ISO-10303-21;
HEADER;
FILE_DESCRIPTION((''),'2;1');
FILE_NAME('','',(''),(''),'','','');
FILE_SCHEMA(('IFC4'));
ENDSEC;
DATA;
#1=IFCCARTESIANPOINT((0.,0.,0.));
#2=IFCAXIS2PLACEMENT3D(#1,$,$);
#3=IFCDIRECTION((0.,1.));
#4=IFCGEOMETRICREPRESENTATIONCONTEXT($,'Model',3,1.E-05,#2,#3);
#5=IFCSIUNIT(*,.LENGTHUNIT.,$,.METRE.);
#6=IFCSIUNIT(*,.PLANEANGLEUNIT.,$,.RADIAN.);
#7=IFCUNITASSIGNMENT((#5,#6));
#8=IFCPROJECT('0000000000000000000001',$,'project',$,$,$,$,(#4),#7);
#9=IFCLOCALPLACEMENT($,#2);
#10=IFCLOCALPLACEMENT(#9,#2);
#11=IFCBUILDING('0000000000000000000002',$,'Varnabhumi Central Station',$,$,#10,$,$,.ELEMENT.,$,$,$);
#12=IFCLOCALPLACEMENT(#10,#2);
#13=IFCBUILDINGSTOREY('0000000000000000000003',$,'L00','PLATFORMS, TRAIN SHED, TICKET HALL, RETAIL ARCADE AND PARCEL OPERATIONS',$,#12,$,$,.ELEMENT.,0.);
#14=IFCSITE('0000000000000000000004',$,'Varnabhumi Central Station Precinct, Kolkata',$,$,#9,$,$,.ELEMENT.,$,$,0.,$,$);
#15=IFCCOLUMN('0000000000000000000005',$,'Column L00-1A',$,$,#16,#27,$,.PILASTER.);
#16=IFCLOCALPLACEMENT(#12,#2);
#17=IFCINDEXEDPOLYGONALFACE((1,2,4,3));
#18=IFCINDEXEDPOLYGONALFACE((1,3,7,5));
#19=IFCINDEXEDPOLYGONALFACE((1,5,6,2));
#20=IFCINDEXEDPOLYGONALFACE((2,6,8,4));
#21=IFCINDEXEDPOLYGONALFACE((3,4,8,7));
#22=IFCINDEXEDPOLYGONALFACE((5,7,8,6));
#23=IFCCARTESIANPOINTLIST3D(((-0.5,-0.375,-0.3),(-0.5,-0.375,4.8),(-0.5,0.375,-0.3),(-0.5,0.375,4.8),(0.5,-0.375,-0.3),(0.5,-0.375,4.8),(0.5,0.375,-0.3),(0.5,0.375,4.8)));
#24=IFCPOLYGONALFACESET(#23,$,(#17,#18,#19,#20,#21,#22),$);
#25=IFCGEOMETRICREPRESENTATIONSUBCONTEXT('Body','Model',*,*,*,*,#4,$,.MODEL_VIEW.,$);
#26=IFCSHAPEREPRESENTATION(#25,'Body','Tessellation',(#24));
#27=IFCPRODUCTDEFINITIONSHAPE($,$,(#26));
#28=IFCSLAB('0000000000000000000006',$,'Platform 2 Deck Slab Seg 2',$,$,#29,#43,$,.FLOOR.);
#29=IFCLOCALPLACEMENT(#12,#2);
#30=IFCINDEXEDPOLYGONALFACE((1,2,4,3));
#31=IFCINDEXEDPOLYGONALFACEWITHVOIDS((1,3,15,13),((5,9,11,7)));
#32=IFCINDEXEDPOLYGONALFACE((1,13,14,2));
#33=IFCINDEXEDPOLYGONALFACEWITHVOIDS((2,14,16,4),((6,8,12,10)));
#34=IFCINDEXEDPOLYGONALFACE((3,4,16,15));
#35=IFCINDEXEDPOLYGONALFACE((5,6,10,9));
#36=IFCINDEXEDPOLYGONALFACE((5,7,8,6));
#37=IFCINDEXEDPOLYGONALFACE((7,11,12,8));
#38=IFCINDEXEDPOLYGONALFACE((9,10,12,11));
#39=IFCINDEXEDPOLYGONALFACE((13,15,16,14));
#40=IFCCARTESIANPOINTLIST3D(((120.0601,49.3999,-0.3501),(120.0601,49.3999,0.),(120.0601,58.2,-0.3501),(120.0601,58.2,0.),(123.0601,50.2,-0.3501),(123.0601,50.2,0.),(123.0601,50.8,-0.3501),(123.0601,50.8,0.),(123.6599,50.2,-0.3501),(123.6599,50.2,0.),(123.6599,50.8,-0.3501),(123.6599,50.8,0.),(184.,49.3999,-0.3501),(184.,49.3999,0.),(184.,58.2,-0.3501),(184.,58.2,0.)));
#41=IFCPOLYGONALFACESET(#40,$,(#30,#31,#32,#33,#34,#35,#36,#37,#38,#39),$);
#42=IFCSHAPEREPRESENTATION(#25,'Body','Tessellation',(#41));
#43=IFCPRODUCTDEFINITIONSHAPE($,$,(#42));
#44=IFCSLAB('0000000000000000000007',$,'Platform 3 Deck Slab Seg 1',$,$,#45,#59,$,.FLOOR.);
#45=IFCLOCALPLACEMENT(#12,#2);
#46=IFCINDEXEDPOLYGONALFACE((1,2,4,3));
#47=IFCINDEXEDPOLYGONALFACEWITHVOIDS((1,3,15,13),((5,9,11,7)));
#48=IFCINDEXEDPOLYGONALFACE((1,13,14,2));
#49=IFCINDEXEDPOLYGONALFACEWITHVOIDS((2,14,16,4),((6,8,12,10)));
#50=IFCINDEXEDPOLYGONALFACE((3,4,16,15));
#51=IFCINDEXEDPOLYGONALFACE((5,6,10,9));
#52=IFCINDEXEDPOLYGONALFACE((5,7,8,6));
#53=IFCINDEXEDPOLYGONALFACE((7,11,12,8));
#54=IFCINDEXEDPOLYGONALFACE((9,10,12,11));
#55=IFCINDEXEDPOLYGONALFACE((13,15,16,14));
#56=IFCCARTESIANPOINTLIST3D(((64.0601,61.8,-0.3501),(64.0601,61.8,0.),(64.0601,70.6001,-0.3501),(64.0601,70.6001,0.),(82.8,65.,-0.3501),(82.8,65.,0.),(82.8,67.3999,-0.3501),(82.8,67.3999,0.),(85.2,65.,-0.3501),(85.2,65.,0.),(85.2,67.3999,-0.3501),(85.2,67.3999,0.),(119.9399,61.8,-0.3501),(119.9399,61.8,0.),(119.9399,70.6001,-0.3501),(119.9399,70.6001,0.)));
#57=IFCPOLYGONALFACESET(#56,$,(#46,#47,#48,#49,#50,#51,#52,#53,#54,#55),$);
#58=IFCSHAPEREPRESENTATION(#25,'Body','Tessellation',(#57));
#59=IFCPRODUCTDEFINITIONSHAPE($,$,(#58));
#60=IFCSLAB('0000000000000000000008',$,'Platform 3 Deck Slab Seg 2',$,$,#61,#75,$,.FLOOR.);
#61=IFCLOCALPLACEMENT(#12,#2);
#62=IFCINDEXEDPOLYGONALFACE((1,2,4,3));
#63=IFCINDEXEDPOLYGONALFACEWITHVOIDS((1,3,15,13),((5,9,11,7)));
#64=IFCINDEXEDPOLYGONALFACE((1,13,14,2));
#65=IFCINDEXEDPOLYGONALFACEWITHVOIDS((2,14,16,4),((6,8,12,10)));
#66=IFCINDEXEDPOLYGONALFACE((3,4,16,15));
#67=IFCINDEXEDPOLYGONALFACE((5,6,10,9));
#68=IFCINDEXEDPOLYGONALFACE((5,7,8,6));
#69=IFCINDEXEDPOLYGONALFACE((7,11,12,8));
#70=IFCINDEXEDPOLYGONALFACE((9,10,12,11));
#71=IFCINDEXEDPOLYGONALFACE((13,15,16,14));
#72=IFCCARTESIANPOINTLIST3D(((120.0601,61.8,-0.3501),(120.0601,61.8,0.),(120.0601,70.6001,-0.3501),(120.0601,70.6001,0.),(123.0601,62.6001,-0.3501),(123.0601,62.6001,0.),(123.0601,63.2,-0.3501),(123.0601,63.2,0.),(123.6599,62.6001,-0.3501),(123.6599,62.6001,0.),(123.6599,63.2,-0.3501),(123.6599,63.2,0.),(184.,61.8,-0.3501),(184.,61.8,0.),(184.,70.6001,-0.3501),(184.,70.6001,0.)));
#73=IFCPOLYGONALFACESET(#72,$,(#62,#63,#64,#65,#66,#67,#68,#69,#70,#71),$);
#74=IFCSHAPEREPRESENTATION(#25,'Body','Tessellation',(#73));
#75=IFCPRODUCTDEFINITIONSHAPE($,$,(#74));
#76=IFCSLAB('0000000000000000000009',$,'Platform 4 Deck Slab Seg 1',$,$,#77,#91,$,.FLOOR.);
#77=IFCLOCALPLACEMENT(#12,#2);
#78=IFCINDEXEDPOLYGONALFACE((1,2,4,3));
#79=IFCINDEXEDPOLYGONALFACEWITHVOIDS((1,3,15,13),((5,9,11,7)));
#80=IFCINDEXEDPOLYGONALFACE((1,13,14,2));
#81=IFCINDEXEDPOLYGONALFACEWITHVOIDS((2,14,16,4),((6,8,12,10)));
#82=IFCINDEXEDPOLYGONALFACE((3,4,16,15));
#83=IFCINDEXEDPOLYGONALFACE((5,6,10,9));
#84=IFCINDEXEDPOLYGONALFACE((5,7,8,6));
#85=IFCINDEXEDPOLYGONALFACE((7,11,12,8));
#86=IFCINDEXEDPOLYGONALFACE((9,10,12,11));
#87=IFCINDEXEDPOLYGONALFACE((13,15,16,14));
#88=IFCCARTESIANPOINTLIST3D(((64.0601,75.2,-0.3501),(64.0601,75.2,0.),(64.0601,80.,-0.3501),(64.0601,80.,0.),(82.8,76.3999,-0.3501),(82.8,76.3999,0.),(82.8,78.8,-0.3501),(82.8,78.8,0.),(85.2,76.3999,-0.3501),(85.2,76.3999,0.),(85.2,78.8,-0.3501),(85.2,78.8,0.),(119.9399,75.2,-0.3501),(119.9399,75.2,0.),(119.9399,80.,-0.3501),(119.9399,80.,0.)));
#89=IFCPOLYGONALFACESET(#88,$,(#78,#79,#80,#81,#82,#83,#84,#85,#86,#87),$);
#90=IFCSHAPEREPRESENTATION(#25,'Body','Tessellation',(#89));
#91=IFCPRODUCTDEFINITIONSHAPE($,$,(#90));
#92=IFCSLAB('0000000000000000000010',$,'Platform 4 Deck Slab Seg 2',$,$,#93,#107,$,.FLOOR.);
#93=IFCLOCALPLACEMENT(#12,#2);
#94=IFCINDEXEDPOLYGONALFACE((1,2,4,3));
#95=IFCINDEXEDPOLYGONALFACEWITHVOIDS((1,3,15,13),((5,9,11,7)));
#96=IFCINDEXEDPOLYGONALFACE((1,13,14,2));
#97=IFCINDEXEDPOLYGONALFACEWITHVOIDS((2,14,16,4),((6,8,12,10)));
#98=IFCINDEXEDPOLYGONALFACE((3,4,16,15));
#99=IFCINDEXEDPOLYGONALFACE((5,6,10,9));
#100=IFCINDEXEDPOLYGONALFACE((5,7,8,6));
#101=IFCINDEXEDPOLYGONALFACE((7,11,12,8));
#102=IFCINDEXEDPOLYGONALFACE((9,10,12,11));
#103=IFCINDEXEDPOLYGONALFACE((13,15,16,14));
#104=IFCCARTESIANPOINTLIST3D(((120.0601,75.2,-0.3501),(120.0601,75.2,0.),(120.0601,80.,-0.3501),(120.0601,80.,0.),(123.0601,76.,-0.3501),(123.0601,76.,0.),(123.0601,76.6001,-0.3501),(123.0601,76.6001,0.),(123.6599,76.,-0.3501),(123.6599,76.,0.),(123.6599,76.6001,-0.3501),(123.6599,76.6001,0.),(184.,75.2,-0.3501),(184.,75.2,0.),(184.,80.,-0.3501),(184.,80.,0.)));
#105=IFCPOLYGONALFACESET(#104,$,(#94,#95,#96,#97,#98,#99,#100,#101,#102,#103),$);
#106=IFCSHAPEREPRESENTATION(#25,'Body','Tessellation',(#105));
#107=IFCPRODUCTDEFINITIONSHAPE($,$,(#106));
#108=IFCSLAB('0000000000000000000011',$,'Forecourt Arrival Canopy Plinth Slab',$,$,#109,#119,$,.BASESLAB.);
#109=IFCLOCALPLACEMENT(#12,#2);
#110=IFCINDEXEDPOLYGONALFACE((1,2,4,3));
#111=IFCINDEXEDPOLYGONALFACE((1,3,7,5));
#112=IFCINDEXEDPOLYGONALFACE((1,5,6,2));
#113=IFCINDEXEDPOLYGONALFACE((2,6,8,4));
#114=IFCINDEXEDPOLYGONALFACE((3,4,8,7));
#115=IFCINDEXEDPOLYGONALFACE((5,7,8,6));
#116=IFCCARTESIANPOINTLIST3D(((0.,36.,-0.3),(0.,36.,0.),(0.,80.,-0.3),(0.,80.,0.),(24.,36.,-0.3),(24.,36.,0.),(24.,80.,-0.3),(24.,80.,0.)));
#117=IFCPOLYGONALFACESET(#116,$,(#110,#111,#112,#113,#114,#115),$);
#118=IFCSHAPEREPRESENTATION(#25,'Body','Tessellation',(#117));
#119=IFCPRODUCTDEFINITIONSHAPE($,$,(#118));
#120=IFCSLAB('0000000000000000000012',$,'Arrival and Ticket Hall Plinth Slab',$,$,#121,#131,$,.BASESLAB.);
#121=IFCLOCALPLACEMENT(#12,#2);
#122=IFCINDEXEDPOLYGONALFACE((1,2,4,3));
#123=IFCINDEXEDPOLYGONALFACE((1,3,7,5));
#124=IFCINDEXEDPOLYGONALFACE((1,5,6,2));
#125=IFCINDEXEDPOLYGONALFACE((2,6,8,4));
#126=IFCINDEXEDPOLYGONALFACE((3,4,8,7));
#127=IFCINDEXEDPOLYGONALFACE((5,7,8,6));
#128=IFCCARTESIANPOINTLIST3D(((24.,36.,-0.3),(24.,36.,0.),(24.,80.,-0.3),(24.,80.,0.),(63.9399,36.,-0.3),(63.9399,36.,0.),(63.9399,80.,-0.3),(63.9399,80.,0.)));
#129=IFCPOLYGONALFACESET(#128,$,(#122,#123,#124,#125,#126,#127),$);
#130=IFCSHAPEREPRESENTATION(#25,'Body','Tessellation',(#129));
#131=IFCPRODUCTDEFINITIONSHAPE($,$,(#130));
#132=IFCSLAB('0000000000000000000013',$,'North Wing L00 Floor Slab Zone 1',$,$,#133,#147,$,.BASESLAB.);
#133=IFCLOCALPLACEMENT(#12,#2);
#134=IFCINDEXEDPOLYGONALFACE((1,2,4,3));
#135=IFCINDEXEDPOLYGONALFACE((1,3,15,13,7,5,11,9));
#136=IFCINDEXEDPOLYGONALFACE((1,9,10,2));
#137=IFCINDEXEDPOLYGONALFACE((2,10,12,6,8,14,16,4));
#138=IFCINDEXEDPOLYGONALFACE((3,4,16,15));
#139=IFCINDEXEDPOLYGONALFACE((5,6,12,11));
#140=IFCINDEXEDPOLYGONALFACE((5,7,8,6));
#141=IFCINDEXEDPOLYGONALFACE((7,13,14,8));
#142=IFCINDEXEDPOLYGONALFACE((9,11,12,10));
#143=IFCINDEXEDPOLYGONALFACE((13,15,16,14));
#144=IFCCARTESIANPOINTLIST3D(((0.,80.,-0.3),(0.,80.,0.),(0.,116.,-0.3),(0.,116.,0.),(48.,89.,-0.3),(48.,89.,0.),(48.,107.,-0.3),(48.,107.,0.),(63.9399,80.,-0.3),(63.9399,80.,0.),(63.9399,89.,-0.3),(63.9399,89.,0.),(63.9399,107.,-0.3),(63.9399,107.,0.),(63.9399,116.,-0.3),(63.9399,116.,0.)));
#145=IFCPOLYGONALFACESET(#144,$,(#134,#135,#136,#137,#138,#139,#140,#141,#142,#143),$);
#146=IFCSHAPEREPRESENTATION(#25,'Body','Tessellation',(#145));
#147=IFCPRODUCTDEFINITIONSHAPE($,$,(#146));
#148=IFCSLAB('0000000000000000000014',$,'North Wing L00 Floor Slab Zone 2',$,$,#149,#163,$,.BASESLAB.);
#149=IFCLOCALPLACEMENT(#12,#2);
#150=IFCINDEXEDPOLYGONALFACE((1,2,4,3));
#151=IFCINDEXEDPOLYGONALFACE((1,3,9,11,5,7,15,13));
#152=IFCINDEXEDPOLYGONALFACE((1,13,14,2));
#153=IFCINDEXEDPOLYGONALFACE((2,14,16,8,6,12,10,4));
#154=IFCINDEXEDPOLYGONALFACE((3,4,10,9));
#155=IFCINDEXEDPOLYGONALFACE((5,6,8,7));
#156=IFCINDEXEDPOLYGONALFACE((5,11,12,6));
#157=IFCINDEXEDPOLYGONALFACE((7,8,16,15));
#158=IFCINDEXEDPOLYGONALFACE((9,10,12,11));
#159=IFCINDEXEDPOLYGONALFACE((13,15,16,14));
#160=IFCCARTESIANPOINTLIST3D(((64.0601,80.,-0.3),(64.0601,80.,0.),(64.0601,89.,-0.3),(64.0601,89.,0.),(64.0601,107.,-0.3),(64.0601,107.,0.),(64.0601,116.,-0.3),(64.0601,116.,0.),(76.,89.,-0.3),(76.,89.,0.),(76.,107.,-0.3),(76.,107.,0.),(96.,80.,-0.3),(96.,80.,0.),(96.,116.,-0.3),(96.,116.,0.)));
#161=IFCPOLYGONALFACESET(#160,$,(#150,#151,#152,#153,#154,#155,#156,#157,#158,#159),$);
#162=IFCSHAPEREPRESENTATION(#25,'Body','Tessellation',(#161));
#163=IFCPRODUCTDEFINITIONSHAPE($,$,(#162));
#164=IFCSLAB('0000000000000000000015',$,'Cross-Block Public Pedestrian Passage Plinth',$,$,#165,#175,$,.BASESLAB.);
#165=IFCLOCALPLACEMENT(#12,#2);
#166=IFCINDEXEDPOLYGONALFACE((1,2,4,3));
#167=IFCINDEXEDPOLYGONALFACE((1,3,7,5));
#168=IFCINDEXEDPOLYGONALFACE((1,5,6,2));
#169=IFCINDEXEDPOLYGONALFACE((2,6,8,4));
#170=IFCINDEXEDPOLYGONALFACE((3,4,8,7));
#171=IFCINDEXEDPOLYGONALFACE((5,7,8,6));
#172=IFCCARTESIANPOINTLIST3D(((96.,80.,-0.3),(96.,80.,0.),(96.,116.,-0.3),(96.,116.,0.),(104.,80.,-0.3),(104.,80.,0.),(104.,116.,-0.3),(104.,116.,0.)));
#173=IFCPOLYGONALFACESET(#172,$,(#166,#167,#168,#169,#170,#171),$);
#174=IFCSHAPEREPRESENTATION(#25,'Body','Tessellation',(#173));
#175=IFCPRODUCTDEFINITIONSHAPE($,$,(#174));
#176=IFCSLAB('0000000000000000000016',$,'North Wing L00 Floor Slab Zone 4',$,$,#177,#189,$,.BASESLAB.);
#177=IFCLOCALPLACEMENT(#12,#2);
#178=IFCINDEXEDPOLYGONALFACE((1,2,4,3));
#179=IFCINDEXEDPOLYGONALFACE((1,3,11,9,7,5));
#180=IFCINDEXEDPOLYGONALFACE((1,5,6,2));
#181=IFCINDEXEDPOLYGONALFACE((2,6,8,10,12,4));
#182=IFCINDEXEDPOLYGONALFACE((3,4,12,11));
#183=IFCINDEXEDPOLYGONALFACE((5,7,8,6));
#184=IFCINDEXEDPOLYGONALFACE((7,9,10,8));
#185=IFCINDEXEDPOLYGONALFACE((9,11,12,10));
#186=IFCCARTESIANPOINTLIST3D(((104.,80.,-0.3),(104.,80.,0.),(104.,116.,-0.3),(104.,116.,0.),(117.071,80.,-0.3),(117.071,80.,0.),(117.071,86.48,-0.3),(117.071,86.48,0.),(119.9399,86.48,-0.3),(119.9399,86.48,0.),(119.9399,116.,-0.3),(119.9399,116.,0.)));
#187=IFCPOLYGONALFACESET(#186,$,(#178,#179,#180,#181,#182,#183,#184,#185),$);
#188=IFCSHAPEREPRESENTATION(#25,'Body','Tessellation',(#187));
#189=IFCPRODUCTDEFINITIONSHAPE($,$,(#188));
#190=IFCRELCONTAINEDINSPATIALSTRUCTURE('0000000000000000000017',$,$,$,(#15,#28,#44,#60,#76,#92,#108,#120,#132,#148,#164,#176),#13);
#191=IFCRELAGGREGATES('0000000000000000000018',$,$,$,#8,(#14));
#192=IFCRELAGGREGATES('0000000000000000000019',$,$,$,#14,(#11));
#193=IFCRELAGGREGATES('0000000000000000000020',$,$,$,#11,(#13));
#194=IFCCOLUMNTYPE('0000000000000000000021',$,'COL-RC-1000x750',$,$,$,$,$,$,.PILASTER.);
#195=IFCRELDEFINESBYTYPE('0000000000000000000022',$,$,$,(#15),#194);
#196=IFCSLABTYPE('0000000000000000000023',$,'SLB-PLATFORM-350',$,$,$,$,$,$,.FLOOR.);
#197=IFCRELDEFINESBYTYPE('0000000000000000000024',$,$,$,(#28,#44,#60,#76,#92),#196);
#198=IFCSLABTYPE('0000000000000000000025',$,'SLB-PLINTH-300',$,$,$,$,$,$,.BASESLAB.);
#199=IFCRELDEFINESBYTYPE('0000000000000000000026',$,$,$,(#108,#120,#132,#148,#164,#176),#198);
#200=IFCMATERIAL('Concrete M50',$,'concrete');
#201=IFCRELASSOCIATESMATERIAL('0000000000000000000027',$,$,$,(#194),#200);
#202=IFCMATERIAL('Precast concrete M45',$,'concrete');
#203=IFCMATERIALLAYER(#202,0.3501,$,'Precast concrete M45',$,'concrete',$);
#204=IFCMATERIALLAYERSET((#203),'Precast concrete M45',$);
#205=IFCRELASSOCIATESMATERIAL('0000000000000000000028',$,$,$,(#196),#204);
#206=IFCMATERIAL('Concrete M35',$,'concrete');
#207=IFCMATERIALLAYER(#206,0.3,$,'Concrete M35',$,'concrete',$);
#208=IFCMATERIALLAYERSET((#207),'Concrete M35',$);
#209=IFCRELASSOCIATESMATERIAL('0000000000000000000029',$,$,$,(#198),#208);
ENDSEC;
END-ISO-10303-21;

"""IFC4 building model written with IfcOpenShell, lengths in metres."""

from ifc_helpers import new_model, si_unit, direction, frame, origin, origin_2d, place, context, subcontext, project, spatial, polyline, rectangle, outline, extrude, material, layer, layer_set, material_profile, profile_set, type_object, element, save


model = new_model("IFC4")

# Units and contexts
model_context = context("Model", 3, precision=1e-05, world=origin(), true_north=direction((0.0, 1.0)))
body_context = subcontext(model_context, "Body", "Model", "MODEL_VIEW")
ifc_project = project(units=[si_unit("LENGTHUNIT", "METRE"), si_unit("PLANEANGLEUNIT", "RADIAN")], contexts=[model_context])

# Site, building, storey
site_placement = place(None, origin())
site = spatial("IfcSite", under=ifc_project, at=site_placement, Name="Varnabhumi Central Station Precinct, Kolkata", CompositionType="ELEMENT", RefElevation=0.0)
building_placement = place(site_placement, origin())
building = spatial("IfcBuilding", under=site, at=building_placement, Name="Varnabhumi Central Station", CompositionType="ELEMENT")
storey_placement = place(building_placement, origin())
storey = spatial("IfcBuildingStorey", under=building, at=storey_placement, Name="L00", Description="PLATFORMS, TRAIN SHED, TICKET HALL, RETAIL ARCADE AND PARCEL OPERATIONS", CompositionType="ELEMENT", Elevation=0.0)

# Column
ifc_material_1 = material(Name="Concrete M50", Category="concrete")
ifc_material_profile = material_profile(ifc_material_1, rectangle(XDim=1.0, YDim=0.75, at=origin_2d()), Name="Concrete M50", Category="concrete")
ifc_profile_set = profile_set([ifc_material_profile], Name="Concrete M50")
column_type = type_object("IfcColumnType", Name="COL-RC-1000x750", PredefinedType="PILASTER", material=ifc_profile_set)
column_placement = place(storey_placement, frame((0.0, 0.0, -0.3), z_axis=(0.0, 0.0, 1.0), x_axis=(1.0, 0.0, 0.0)))
element("IfcColumn", 1, at=column_placement, inside=storey, type_object=column_type, Name="Column L00-1A", PredefinedType="PILASTER", context=body_context, shape_type="SweptSolid", body=[
    extrude(rectangle(XDim=1.0, YDim=0.75, at=origin_2d()), origin(), (0.0, 0.0, 1.0), 5.1001),
])

# Slabs
ifc_material_2 = material(Name="Precast concrete M45", Category="concrete")
ifc_layer_1 = layer(ifc_material_2, 0.3501, Name="Precast concrete M45", Category="concrete")
ifc_layer_set_1 = layer_set([ifc_layer_1], Name="Precast concrete M45")
slab_type_1 = type_object("IfcSlabType", Name="SLB-PLATFORM-350", PredefinedType="FLOOR", material=ifc_layer_set_1)
slab_1_placement = place(storey_placement, frame((0.0, 0.0, -0.3501)))
element("IfcSlab", 2, at=slab_1_placement, inside=storey, type_object=slab_type_1, Name="Platform 2 Deck Slab Seg 2", PredefinedType="FLOOR", context=body_context, shape_type="SweptSolid", body=[
    extrude(outline(polyline([(120.0601, 49.3999), (184.0, 49.3999), (184.0, 58.2), (120.0601, 58.2), (120.0601, 49.3999)]), holes=[polyline([(123.0601, 50.2), (123.6599, 50.2), (123.6599, 50.8), (123.0601, 50.8), (123.0601, 50.2)])]), origin(), (0.0, 0.0, 1.0), 0.3501),
])
slab_2_placement = place(storey_placement, frame((0.0, 0.0, -0.3501)))
element("IfcSlab", 3, at=slab_2_placement, inside=storey, type_object=slab_type_1, Name="Platform 3 Deck Slab Seg 1", PredefinedType="FLOOR", context=body_context, shape_type="SweptSolid", body=[
    extrude(outline(polyline([(64.0601, 61.8), (119.9399, 61.8), (119.9399, 70.6001), (64.0601, 70.6001), (64.0601, 61.8)]), holes=[polyline([(82.8, 65.0), (85.2, 65.0), (85.2, 67.3999), (82.8, 67.3999), (82.8, 65.0)])]), origin(), (0.0, 0.0, 1.0), 0.3501),
])
slab_3_placement = place(storey_placement, frame((0.0, 0.0, -0.3501)))
element("IfcSlab", 4, at=slab_3_placement, inside=storey, type_object=slab_type_1, Name="Platform 3 Deck Slab Seg 2", PredefinedType="FLOOR", context=body_context, shape_type="SweptSolid", body=[
    extrude(outline(polyline([(120.0601, 61.8), (184.0, 61.8), (184.0, 70.6001), (120.0601, 70.6001), (120.0601, 61.8)]), holes=[polyline([(123.0601, 62.6001), (123.6599, 62.6001), (123.6599, 63.2), (123.0601, 63.2), (123.0601, 62.6001)])]), origin(), (0.0, 0.0, 1.0), 0.3501),
])
slab_4_placement = place(storey_placement, frame((0.0, 0.0, -0.3501)))
element("IfcSlab", 5, at=slab_4_placement, inside=storey, type_object=slab_type_1, Name="Platform 4 Deck Slab Seg 1", PredefinedType="FLOOR", context=body_context, shape_type="SweptSolid", body=[
    extrude(outline(polyline([(64.0601, 75.2), (119.9399, 75.2), (119.9399, 80.0), (64.0601, 80.0), (64.0601, 75.2)]), holes=[polyline([(82.8, 76.3999), (85.2, 76.3999), (85.2, 78.8), (82.8, 78.8), (82.8, 76.3999)])]), origin(), (0.0, 0.0, 1.0), 0.3501),
])
slab_5_placement = place(storey_placement, frame((0.0, 0.0, -0.3501)))
element("IfcSlab", 6, at=slab_5_placement, inside=storey, type_object=slab_type_1, Name="Platform 4 Deck Slab Seg 2", PredefinedType="FLOOR", context=body_context, shape_type="SweptSolid", body=[
    extrude(outline(polyline([(120.0601, 75.2), (184.0, 75.2), (184.0, 80.0), (120.0601, 80.0), (120.0601, 75.2)]), holes=[polyline([(123.0601, 76.0), (123.6599, 76.0), (123.6599, 76.6001), (123.0601, 76.6001), (123.0601, 76.0)])]), origin(), (0.0, 0.0, 1.0), 0.3501),
])
ifc_material_3 = material(Name="Concrete M35", Category="concrete")
ifc_layer_2 = layer(ifc_material_3, 0.3, Name="Concrete M35", Category="concrete")
ifc_layer_set_2 = layer_set([ifc_layer_2], Name="Concrete M35")
slab_type_2 = type_object("IfcSlabType", Name="SLB-PLINTH-300", PredefinedType="BASESLAB", material=ifc_layer_set_2)
slab_6_placement = place(storey_placement, frame((0.0, 0.0, -0.3)))
element("IfcSlab", 7, at=slab_6_placement, inside=storey, type_object=slab_type_2, Name="Forecourt Arrival Canopy Plinth Slab", PredefinedType="BASESLAB", context=body_context, shape_type="SweptSolid", body=[
    extrude(outline(polyline([(0.0, 36.0), (24.0, 36.0), (24.0, 80.0), (0.0, 80.0), (0.0, 36.0)])), origin(), (0.0, 0.0, 1.0), 0.3),
])
slab_7_placement = place(storey_placement, frame((0.0, 0.0, -0.3)))
element("IfcSlab", 8, at=slab_7_placement, inside=storey, type_object=slab_type_2, Name="Arrival and Ticket Hall Plinth Slab", PredefinedType="BASESLAB", context=body_context, shape_type="SweptSolid", body=[
    extrude(outline(polyline([(24.0, 36.0), (63.9399, 36.0), (63.9399, 80.0), (24.0, 80.0), (24.0, 36.0)])), origin(), (0.0, 0.0, 1.0), 0.3),
])
slab_8_placement = place(storey_placement, frame((0.0, 0.0, -0.3)))
element("IfcSlab", 9, at=slab_8_placement, inside=storey, type_object=slab_type_2, Name="North Wing L00 Floor Slab Zone 1", PredefinedType="BASESLAB", context=body_context, shape_type="SweptSolid", body=[
    extrude(outline(polyline([(0.0, 80.0), (63.9399, 80.0), (63.9399, 89.0), (48.0, 89.0), (48.0, 107.0), (63.9399, 107.0), (63.9399, 116.0), (0.0, 116.0), (0.0, 80.0)])), origin(), (0.0, 0.0, 1.0), 0.3),
])
slab_9_placement = place(storey_placement, frame((0.0, 0.0, -0.3)))
element("IfcSlab", 10, at=slab_9_placement, inside=storey, type_object=slab_type_2, Name="North Wing L00 Floor Slab Zone 2", PredefinedType="BASESLAB", context=body_context, shape_type="SweptSolid", body=[
    extrude(outline(polyline([(64.0601, 80.0), (96.0, 80.0), (96.0, 116.0), (64.0601, 116.0), (64.0601, 107.0), (76.0, 107.0), (76.0, 89.0), (64.0601, 89.0), (64.0601, 80.0)])), origin(), (0.0, 0.0, 1.0), 0.3),
])
slab_10_placement = place(storey_placement, frame((0.0, 0.0, -0.3)))
element("IfcSlab", 11, at=slab_10_placement, inside=storey, type_object=slab_type_2, Name="Cross-Block Public Pedestrian Passage Plinth", PredefinedType="BASESLAB", context=body_context, shape_type="SweptSolid", body=[
    extrude(outline(polyline([(96.0, 80.0), (104.0, 80.0), (104.0, 116.0), (96.0, 116.0), (96.0, 80.0)])), origin(), (0.0, 0.0, 1.0), 0.3),
])
slab_11_placement = place(storey_placement, frame((0.0, 0.0, -0.3)))
element("IfcSlab", 12, at=slab_11_placement, inside=storey, type_object=slab_type_2, Name="North Wing L00 Floor Slab Zone 4", PredefinedType="BASESLAB", context=body_context, shape_type="SweptSolid", body=[
    extrude(outline(polyline([(104.0, 80.0), (117.071, 80.0), (117.071, 86.48), (119.9399, 86.48), (119.9399, 116.0), (104.0, 116.0), (104.0, 80.0)])), origin(), (0.0, 0.0, 1.0), 0.3),
])

save(model, "model.ifc")
